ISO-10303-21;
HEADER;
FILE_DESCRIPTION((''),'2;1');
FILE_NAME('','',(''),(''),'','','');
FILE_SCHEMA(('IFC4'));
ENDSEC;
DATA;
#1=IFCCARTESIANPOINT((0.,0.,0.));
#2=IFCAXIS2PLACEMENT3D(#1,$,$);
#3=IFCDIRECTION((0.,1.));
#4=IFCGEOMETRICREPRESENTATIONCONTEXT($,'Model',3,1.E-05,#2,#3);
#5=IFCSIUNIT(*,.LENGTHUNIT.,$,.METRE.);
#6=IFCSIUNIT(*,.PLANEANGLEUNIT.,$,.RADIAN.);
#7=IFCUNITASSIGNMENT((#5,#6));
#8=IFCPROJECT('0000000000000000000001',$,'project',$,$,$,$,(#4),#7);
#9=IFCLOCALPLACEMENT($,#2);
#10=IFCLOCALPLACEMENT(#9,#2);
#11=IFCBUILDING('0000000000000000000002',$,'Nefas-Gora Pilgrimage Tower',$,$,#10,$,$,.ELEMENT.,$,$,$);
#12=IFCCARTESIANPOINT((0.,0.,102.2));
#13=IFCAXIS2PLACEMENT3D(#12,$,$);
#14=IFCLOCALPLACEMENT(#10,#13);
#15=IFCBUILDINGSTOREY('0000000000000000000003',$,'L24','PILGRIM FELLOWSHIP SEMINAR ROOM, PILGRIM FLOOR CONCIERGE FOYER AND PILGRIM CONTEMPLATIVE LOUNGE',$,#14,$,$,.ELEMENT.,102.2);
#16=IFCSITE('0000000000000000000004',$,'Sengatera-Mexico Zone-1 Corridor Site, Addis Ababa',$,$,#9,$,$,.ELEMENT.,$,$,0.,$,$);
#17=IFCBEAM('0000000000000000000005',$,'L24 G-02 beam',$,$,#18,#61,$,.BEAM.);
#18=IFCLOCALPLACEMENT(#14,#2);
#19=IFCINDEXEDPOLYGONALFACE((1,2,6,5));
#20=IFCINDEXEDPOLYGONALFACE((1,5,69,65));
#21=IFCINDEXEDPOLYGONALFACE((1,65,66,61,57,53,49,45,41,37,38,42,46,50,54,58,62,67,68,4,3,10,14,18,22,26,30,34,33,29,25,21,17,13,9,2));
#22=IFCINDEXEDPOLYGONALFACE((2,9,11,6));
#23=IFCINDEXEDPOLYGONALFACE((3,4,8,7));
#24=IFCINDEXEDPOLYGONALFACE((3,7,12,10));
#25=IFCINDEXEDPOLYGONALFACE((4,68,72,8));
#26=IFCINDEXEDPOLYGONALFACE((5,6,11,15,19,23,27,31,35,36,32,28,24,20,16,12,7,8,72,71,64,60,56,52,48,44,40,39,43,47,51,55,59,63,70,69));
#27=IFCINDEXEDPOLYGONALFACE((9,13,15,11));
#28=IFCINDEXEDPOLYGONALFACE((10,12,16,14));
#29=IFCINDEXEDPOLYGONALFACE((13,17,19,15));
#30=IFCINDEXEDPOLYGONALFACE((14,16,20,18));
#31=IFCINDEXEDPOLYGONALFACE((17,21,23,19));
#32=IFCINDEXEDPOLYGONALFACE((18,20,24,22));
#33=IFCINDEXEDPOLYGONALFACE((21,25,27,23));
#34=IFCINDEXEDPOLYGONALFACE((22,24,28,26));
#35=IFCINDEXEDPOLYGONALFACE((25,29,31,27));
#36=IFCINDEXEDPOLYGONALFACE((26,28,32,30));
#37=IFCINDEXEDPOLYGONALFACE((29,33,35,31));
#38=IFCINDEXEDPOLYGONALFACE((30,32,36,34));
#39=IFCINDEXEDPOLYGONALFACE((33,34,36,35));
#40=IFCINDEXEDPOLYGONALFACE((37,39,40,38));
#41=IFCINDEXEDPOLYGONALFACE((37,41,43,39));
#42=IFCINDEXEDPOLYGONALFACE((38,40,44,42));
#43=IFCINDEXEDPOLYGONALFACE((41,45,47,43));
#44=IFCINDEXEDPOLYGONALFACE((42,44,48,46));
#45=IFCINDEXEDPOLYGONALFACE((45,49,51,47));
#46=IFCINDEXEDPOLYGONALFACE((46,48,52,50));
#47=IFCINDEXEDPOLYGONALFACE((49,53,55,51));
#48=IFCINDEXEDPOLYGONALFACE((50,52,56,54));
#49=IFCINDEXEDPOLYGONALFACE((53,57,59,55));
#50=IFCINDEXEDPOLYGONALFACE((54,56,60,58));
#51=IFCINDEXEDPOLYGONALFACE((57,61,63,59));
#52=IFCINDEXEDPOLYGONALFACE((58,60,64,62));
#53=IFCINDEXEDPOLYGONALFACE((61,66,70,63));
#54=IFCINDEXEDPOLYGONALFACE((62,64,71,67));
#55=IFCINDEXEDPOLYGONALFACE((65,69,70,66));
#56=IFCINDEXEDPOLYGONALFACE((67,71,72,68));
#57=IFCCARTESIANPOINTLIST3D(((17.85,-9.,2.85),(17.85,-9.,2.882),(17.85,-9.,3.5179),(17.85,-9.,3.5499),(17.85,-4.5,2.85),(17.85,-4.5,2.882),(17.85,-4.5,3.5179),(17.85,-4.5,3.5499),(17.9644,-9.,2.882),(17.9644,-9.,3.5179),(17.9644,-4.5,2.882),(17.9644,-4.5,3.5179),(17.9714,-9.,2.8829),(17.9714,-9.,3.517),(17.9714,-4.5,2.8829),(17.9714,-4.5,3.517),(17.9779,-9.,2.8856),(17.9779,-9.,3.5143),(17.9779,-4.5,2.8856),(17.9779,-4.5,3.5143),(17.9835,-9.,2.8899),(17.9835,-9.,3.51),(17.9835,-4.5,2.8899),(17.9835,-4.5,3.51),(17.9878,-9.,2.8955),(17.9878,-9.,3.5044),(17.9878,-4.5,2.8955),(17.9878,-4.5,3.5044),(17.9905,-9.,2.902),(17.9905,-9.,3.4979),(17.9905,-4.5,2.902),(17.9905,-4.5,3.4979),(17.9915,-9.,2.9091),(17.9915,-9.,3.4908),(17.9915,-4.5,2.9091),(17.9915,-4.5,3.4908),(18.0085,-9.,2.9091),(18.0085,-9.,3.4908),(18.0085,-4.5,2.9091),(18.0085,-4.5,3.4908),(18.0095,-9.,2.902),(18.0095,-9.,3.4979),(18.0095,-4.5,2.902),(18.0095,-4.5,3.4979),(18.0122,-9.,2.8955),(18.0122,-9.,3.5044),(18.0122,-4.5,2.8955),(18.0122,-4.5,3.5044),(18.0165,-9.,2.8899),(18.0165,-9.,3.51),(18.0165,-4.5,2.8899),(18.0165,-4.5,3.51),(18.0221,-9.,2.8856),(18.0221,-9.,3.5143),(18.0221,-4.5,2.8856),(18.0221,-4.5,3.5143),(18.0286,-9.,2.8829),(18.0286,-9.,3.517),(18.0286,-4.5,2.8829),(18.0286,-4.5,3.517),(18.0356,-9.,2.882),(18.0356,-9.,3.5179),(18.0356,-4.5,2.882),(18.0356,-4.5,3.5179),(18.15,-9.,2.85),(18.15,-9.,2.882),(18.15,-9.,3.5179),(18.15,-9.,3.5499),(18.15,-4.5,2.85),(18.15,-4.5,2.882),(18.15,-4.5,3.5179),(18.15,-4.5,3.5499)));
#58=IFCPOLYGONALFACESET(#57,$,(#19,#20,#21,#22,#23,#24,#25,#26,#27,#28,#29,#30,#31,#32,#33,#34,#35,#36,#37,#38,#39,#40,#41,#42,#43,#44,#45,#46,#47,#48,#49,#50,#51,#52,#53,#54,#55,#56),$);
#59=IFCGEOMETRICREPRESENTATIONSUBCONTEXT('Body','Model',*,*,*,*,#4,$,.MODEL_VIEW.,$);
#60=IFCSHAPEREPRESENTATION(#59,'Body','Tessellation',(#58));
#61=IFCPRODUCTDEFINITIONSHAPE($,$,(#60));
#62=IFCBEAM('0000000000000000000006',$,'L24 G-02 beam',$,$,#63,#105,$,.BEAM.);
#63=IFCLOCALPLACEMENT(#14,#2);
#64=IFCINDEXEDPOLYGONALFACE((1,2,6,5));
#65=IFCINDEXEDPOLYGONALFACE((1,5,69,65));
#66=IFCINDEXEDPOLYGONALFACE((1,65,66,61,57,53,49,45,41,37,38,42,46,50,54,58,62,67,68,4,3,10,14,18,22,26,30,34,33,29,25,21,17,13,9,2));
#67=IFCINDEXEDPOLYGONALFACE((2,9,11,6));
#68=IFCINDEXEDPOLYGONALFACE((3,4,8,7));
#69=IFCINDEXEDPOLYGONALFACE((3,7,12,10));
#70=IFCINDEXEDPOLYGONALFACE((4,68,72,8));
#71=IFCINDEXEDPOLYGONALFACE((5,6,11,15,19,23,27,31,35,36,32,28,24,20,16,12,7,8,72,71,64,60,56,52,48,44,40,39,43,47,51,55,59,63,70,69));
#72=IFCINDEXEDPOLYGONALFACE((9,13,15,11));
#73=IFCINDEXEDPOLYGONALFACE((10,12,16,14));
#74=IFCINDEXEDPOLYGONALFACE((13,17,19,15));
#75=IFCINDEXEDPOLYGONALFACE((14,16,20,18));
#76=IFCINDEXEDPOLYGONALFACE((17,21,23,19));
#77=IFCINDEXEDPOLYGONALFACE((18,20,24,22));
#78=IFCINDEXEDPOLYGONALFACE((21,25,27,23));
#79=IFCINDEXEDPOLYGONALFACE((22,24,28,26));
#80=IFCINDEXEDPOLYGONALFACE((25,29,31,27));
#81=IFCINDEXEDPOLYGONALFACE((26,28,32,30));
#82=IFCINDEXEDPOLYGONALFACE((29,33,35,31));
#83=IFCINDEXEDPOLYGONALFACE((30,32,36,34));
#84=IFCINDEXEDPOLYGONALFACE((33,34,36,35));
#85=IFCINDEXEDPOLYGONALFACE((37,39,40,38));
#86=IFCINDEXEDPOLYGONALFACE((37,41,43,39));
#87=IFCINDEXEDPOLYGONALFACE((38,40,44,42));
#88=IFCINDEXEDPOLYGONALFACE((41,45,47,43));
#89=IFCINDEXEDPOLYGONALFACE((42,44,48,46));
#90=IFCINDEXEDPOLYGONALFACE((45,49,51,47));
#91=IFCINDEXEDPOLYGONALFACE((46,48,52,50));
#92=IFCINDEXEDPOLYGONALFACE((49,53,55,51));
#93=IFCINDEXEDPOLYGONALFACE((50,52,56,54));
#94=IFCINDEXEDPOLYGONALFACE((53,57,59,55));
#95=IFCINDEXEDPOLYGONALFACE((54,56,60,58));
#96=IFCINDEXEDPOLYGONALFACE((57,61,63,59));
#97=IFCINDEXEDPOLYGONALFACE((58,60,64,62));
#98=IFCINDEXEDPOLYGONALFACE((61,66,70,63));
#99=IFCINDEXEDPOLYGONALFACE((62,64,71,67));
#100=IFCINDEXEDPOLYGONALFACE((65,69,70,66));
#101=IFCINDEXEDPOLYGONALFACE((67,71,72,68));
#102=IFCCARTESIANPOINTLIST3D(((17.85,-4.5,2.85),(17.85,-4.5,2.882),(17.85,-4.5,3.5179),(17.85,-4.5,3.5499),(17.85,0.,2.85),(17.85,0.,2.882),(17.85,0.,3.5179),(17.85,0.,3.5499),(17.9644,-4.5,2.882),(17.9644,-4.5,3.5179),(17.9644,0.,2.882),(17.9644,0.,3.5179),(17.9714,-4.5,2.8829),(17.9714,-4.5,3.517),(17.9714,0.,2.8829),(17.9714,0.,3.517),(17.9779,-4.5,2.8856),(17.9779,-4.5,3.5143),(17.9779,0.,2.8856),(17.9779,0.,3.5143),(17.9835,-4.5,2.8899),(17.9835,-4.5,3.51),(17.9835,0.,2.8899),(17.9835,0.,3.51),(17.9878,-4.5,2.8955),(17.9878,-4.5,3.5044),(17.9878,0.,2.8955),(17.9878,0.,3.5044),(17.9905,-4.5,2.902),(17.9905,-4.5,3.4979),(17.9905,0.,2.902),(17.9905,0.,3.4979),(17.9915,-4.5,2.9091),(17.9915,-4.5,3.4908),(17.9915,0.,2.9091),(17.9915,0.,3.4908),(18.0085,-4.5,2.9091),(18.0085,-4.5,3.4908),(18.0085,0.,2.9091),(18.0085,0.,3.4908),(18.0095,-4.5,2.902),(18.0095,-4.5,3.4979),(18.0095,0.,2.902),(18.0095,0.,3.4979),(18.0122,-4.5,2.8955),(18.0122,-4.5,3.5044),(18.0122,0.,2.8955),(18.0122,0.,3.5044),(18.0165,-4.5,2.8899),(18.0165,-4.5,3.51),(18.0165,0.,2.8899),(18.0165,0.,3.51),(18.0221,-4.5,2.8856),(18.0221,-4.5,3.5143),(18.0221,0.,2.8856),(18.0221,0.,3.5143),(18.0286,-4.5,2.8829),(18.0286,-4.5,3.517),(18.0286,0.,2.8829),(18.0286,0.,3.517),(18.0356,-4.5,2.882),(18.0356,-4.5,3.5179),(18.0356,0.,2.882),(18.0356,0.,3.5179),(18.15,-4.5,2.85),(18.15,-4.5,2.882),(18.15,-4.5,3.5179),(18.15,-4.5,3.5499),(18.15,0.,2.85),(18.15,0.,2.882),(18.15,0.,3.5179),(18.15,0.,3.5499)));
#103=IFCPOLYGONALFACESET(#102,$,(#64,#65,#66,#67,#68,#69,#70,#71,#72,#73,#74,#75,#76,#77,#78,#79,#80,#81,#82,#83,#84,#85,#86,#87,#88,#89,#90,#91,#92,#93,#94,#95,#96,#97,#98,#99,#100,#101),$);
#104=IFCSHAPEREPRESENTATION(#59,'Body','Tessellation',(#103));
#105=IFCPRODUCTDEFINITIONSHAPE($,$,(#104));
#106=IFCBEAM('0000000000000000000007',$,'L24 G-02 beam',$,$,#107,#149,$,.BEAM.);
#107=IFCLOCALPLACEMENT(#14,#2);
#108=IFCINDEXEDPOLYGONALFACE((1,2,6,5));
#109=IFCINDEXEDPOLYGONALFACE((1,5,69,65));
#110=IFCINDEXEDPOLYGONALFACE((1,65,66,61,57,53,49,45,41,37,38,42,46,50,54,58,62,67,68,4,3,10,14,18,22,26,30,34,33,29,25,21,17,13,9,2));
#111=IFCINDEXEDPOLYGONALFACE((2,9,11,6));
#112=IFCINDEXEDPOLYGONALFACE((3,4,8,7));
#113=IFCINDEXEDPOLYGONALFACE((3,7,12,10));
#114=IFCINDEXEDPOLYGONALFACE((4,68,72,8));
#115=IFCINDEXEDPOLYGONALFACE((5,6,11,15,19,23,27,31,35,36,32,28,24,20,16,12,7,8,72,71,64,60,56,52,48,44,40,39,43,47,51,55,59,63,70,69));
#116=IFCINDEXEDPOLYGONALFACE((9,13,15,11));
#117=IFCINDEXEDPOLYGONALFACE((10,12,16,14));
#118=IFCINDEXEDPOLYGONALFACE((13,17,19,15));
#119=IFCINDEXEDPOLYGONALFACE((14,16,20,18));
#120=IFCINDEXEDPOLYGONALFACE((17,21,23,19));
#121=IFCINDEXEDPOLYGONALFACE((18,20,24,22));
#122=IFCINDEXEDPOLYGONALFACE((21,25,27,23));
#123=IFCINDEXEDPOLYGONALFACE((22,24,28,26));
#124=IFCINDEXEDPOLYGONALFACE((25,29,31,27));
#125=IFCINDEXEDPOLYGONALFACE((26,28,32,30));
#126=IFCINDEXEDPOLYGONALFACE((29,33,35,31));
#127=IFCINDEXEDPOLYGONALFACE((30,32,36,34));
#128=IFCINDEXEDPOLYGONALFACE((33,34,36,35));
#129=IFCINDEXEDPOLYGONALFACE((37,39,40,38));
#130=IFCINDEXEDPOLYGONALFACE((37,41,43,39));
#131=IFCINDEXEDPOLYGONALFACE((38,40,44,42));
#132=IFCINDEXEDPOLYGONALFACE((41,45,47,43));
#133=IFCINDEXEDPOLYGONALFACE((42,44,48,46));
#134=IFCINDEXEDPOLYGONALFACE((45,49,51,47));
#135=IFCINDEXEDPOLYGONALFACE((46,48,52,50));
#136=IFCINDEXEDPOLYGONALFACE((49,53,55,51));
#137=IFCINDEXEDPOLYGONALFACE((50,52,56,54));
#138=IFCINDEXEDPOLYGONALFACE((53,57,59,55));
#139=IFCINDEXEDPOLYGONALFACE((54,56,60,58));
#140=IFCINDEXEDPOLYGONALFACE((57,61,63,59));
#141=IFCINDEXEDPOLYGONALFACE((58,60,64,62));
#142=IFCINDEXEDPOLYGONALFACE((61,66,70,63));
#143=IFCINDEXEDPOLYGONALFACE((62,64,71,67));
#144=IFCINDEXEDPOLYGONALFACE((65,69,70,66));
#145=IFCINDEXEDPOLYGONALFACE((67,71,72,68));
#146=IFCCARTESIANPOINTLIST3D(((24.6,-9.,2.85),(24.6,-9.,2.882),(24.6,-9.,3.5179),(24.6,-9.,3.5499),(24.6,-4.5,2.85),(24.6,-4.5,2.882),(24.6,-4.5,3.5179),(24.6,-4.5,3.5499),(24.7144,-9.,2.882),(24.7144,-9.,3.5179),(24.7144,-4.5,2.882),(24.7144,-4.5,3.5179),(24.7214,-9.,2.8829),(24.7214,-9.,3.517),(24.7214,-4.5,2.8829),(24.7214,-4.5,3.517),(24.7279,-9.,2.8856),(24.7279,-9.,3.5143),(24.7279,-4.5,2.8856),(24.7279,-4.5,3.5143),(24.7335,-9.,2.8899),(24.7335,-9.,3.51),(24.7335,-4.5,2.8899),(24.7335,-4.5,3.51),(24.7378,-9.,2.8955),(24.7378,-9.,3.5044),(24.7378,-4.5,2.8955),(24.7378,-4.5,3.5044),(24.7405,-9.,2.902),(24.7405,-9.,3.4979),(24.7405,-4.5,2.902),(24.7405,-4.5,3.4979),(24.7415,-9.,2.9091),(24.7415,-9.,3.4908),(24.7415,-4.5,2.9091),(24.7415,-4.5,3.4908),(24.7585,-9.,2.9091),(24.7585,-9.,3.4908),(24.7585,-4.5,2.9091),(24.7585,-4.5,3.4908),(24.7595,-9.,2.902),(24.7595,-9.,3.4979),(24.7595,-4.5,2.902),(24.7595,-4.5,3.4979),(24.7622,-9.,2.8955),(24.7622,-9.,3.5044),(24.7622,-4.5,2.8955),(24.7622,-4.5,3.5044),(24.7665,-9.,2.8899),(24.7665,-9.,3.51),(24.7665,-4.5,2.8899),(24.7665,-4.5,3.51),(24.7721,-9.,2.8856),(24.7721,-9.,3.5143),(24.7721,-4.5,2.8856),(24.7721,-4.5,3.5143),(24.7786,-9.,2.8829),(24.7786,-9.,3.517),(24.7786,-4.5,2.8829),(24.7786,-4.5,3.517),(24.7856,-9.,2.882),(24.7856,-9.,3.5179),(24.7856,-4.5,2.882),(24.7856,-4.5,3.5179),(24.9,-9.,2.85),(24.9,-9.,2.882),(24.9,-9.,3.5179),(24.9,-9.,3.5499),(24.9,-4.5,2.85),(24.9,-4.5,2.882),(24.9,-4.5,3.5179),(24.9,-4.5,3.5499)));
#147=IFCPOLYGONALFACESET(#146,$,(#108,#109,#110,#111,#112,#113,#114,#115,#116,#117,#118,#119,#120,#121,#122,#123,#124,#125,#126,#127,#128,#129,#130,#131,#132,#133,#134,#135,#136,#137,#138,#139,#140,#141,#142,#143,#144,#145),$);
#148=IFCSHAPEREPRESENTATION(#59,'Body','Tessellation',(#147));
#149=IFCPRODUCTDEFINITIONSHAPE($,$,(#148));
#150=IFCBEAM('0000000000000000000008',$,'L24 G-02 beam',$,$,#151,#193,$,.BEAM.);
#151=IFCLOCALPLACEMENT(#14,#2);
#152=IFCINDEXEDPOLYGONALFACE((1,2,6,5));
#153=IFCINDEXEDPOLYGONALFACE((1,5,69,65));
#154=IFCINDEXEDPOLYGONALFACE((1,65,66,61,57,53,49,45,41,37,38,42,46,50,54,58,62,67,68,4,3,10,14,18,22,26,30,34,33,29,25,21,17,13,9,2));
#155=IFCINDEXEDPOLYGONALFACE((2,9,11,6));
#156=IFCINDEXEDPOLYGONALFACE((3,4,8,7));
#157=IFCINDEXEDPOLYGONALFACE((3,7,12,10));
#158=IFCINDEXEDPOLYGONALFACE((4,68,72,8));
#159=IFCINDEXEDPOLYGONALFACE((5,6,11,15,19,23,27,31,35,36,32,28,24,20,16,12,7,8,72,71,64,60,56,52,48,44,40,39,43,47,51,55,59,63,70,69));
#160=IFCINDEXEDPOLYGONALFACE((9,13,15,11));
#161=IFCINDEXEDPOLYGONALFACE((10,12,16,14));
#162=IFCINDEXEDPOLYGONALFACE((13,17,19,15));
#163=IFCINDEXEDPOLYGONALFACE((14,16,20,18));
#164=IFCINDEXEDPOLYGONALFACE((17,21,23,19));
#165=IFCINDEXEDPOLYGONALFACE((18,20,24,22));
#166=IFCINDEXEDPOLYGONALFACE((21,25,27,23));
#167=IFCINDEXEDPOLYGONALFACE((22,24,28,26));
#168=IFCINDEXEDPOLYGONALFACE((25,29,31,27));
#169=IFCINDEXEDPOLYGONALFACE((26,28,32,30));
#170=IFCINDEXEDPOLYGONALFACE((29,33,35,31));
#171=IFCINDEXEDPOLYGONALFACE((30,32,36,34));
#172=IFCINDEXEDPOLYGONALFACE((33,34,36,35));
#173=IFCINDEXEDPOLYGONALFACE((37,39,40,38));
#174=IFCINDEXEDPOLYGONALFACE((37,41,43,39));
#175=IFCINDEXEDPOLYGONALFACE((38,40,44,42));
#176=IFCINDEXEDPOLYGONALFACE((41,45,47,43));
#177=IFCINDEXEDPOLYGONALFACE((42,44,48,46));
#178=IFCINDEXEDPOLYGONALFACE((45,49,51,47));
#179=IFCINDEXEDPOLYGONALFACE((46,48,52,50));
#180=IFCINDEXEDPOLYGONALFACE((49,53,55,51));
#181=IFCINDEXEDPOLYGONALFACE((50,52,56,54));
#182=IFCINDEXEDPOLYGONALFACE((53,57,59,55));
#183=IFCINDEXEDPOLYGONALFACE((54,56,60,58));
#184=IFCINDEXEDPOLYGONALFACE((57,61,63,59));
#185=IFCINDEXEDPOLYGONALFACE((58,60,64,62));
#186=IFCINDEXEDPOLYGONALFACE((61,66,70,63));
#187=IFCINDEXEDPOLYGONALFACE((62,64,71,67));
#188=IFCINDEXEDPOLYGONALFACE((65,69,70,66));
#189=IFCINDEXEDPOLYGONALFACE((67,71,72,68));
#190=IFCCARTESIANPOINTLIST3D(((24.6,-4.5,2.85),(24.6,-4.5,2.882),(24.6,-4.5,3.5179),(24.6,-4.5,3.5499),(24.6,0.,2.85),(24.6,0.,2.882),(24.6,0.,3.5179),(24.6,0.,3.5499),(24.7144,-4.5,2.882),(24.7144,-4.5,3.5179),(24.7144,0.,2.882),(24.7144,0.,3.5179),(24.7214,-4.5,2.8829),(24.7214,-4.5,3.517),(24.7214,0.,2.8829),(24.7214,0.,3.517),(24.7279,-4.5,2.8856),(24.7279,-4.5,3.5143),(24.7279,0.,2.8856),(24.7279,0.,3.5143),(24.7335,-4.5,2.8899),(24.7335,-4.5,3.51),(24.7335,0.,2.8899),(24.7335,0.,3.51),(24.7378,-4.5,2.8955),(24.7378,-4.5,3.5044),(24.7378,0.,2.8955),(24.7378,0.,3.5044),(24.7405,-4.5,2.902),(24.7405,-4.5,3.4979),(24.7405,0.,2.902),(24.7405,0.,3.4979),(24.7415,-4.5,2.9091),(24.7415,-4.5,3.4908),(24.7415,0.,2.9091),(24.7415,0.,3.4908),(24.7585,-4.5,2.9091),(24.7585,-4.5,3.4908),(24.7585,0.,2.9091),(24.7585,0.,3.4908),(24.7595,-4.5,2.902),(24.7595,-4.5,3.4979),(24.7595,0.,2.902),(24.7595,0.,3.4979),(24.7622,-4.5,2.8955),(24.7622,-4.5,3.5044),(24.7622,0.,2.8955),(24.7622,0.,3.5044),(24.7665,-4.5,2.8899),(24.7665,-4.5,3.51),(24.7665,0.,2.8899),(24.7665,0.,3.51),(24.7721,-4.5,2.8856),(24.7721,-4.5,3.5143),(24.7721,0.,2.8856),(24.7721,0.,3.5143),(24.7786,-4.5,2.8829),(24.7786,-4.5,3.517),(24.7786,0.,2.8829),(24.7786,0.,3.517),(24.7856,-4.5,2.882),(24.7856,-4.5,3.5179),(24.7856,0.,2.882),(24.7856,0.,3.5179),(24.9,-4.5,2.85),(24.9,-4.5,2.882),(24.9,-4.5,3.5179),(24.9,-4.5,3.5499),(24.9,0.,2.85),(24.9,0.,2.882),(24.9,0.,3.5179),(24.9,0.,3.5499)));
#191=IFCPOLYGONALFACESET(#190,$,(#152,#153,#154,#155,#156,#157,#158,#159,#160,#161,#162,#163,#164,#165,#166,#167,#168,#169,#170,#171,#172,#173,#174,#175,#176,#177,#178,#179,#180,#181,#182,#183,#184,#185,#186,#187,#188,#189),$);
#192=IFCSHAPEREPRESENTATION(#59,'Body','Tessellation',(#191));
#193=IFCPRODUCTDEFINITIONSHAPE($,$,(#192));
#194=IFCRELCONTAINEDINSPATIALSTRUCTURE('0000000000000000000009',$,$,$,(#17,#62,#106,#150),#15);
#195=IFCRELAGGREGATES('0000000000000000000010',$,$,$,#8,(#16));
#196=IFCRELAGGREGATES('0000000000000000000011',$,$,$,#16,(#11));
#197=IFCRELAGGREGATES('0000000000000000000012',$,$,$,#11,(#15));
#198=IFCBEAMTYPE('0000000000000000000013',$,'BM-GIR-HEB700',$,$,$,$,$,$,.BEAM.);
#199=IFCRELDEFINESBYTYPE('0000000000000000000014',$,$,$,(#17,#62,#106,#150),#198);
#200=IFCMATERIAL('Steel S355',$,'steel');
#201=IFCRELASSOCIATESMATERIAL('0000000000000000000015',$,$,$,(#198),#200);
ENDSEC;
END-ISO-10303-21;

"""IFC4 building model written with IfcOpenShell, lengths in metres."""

from ifc_helpers import new_model, si_unit, direction, frame, origin, origin_2d, place, context, subcontext, project, spatial, i_section, extrude, source, transform, mapped, material, material_profile, profile_set, type_object, element, save


model = new_model("IFC4")

# Units and contexts
model_context = context("Model", 3, precision=1e-05, world=origin(), true_north=direction((0.0, 1.0)))
body_context = subcontext(model_context, "Body", "Model", "MODEL_VIEW")
ifc_project = project(units=[si_unit("LENGTHUNIT", "METRE"), si_unit("PLANEANGLEUNIT", "RADIAN")], contexts=[model_context])

# Site, building, storey
site_placement = place(None, origin())
site = spatial("IfcSite", under=ifc_project, at=site_placement, Name="Sengatera-Mexico Zone-1 Corridor Site, Addis Ababa", CompositionType="ELEMENT", RefElevation=0.0)
building_placement = place(site_placement, origin())
building = spatial("IfcBuilding", under=site, at=building_placement, Name="Nefas-Gora Pilgrimage Tower", CompositionType="ELEMENT")
storey_placement = place(building_placement, frame((0.0, 0.0, 102.2)))
storey = spatial("IfcBuildingStorey", under=building, at=storey_placement, Name="L24", Description="PILGRIM FELLOWSHIP SEMINAR ROOM, PILGRIM FLOOR CONCIERGE FOYER AND PILGRIM CONTEMPLATIVE LOUNGE", CompositionType="ELEMENT", Elevation=102.2)

# Beams
ifc_material_1 = material(Name="Steel S355", Category="steel")
ifc_material_profile_1 = material_profile(ifc_material_1, i_section(OverallWidth=0.3, OverallDepth=0.7, WebThickness=0.0171, FlangeThickness=0.032, FilletRadius=0.0271, at=origin_2d()), Name="HEB 700")
ifc_profile_set_1 = profile_set([ifc_material_profile_1], Name="Steel S355")
beam_type_1 = type_object("IfcBeamType", Name="BM-GIR-HEB700", PredefinedType="BEAM", material=ifc_profile_set_1)
shared_shape_1 = source(origin(), body_context, "Body", "SweptSolid", [
    extrude(i_section(OverallWidth=0.3, OverallDepth=0.7, WebThickness=0.0171, FlangeThickness=0.032, FilletRadius=0.0271, at=origin_2d()), origin(), (0.0, 0.0, 1.0), 4.5),
])
for number, where, z_axis, x_axis, name in (
    (1, (18.0, -9.0, 3.2), (0.0, 1.0, 0.0), (-1.0, 0.0, 0.0), "L24 G-02 beam"),
    (2, (18.0, -4.5, 3.2), (0.0, 1.0, 0.0), (-1.0, 0.0, 0.0), "L24 G-02 beam"),
    (3, (24.75, -9.0, 3.2), (0.0, 1.0, 0.0), (-1.0, 0.0, 0.0), "L24 G-02 beam"),
    (4, (24.75, -4.5, 3.2), (0.0, 1.0, 0.0), (-1.0, 0.0, 0.0), "L24 G-02 beam"),
):
    element("IfcBeam", number, at=place(storey_placement, frame(where, z_axis=z_axis, x_axis=x_axis)), inside=storey, type_object=beam_type_1, Name=name, PredefinedType="BEAM", context=body_context, shape_type="MappedRepresentation", body=[
        mapped(shared_shape_1, transform((0.0, 0.0, 0.0), x_axis=(1.0, 0.0, 0.0), y_axis=(0.0, 1.0, 0.0), z_axis=(0.0, 0.0, 1.0), scale=1.0)),
    ])

save(model, "model.ifc")
